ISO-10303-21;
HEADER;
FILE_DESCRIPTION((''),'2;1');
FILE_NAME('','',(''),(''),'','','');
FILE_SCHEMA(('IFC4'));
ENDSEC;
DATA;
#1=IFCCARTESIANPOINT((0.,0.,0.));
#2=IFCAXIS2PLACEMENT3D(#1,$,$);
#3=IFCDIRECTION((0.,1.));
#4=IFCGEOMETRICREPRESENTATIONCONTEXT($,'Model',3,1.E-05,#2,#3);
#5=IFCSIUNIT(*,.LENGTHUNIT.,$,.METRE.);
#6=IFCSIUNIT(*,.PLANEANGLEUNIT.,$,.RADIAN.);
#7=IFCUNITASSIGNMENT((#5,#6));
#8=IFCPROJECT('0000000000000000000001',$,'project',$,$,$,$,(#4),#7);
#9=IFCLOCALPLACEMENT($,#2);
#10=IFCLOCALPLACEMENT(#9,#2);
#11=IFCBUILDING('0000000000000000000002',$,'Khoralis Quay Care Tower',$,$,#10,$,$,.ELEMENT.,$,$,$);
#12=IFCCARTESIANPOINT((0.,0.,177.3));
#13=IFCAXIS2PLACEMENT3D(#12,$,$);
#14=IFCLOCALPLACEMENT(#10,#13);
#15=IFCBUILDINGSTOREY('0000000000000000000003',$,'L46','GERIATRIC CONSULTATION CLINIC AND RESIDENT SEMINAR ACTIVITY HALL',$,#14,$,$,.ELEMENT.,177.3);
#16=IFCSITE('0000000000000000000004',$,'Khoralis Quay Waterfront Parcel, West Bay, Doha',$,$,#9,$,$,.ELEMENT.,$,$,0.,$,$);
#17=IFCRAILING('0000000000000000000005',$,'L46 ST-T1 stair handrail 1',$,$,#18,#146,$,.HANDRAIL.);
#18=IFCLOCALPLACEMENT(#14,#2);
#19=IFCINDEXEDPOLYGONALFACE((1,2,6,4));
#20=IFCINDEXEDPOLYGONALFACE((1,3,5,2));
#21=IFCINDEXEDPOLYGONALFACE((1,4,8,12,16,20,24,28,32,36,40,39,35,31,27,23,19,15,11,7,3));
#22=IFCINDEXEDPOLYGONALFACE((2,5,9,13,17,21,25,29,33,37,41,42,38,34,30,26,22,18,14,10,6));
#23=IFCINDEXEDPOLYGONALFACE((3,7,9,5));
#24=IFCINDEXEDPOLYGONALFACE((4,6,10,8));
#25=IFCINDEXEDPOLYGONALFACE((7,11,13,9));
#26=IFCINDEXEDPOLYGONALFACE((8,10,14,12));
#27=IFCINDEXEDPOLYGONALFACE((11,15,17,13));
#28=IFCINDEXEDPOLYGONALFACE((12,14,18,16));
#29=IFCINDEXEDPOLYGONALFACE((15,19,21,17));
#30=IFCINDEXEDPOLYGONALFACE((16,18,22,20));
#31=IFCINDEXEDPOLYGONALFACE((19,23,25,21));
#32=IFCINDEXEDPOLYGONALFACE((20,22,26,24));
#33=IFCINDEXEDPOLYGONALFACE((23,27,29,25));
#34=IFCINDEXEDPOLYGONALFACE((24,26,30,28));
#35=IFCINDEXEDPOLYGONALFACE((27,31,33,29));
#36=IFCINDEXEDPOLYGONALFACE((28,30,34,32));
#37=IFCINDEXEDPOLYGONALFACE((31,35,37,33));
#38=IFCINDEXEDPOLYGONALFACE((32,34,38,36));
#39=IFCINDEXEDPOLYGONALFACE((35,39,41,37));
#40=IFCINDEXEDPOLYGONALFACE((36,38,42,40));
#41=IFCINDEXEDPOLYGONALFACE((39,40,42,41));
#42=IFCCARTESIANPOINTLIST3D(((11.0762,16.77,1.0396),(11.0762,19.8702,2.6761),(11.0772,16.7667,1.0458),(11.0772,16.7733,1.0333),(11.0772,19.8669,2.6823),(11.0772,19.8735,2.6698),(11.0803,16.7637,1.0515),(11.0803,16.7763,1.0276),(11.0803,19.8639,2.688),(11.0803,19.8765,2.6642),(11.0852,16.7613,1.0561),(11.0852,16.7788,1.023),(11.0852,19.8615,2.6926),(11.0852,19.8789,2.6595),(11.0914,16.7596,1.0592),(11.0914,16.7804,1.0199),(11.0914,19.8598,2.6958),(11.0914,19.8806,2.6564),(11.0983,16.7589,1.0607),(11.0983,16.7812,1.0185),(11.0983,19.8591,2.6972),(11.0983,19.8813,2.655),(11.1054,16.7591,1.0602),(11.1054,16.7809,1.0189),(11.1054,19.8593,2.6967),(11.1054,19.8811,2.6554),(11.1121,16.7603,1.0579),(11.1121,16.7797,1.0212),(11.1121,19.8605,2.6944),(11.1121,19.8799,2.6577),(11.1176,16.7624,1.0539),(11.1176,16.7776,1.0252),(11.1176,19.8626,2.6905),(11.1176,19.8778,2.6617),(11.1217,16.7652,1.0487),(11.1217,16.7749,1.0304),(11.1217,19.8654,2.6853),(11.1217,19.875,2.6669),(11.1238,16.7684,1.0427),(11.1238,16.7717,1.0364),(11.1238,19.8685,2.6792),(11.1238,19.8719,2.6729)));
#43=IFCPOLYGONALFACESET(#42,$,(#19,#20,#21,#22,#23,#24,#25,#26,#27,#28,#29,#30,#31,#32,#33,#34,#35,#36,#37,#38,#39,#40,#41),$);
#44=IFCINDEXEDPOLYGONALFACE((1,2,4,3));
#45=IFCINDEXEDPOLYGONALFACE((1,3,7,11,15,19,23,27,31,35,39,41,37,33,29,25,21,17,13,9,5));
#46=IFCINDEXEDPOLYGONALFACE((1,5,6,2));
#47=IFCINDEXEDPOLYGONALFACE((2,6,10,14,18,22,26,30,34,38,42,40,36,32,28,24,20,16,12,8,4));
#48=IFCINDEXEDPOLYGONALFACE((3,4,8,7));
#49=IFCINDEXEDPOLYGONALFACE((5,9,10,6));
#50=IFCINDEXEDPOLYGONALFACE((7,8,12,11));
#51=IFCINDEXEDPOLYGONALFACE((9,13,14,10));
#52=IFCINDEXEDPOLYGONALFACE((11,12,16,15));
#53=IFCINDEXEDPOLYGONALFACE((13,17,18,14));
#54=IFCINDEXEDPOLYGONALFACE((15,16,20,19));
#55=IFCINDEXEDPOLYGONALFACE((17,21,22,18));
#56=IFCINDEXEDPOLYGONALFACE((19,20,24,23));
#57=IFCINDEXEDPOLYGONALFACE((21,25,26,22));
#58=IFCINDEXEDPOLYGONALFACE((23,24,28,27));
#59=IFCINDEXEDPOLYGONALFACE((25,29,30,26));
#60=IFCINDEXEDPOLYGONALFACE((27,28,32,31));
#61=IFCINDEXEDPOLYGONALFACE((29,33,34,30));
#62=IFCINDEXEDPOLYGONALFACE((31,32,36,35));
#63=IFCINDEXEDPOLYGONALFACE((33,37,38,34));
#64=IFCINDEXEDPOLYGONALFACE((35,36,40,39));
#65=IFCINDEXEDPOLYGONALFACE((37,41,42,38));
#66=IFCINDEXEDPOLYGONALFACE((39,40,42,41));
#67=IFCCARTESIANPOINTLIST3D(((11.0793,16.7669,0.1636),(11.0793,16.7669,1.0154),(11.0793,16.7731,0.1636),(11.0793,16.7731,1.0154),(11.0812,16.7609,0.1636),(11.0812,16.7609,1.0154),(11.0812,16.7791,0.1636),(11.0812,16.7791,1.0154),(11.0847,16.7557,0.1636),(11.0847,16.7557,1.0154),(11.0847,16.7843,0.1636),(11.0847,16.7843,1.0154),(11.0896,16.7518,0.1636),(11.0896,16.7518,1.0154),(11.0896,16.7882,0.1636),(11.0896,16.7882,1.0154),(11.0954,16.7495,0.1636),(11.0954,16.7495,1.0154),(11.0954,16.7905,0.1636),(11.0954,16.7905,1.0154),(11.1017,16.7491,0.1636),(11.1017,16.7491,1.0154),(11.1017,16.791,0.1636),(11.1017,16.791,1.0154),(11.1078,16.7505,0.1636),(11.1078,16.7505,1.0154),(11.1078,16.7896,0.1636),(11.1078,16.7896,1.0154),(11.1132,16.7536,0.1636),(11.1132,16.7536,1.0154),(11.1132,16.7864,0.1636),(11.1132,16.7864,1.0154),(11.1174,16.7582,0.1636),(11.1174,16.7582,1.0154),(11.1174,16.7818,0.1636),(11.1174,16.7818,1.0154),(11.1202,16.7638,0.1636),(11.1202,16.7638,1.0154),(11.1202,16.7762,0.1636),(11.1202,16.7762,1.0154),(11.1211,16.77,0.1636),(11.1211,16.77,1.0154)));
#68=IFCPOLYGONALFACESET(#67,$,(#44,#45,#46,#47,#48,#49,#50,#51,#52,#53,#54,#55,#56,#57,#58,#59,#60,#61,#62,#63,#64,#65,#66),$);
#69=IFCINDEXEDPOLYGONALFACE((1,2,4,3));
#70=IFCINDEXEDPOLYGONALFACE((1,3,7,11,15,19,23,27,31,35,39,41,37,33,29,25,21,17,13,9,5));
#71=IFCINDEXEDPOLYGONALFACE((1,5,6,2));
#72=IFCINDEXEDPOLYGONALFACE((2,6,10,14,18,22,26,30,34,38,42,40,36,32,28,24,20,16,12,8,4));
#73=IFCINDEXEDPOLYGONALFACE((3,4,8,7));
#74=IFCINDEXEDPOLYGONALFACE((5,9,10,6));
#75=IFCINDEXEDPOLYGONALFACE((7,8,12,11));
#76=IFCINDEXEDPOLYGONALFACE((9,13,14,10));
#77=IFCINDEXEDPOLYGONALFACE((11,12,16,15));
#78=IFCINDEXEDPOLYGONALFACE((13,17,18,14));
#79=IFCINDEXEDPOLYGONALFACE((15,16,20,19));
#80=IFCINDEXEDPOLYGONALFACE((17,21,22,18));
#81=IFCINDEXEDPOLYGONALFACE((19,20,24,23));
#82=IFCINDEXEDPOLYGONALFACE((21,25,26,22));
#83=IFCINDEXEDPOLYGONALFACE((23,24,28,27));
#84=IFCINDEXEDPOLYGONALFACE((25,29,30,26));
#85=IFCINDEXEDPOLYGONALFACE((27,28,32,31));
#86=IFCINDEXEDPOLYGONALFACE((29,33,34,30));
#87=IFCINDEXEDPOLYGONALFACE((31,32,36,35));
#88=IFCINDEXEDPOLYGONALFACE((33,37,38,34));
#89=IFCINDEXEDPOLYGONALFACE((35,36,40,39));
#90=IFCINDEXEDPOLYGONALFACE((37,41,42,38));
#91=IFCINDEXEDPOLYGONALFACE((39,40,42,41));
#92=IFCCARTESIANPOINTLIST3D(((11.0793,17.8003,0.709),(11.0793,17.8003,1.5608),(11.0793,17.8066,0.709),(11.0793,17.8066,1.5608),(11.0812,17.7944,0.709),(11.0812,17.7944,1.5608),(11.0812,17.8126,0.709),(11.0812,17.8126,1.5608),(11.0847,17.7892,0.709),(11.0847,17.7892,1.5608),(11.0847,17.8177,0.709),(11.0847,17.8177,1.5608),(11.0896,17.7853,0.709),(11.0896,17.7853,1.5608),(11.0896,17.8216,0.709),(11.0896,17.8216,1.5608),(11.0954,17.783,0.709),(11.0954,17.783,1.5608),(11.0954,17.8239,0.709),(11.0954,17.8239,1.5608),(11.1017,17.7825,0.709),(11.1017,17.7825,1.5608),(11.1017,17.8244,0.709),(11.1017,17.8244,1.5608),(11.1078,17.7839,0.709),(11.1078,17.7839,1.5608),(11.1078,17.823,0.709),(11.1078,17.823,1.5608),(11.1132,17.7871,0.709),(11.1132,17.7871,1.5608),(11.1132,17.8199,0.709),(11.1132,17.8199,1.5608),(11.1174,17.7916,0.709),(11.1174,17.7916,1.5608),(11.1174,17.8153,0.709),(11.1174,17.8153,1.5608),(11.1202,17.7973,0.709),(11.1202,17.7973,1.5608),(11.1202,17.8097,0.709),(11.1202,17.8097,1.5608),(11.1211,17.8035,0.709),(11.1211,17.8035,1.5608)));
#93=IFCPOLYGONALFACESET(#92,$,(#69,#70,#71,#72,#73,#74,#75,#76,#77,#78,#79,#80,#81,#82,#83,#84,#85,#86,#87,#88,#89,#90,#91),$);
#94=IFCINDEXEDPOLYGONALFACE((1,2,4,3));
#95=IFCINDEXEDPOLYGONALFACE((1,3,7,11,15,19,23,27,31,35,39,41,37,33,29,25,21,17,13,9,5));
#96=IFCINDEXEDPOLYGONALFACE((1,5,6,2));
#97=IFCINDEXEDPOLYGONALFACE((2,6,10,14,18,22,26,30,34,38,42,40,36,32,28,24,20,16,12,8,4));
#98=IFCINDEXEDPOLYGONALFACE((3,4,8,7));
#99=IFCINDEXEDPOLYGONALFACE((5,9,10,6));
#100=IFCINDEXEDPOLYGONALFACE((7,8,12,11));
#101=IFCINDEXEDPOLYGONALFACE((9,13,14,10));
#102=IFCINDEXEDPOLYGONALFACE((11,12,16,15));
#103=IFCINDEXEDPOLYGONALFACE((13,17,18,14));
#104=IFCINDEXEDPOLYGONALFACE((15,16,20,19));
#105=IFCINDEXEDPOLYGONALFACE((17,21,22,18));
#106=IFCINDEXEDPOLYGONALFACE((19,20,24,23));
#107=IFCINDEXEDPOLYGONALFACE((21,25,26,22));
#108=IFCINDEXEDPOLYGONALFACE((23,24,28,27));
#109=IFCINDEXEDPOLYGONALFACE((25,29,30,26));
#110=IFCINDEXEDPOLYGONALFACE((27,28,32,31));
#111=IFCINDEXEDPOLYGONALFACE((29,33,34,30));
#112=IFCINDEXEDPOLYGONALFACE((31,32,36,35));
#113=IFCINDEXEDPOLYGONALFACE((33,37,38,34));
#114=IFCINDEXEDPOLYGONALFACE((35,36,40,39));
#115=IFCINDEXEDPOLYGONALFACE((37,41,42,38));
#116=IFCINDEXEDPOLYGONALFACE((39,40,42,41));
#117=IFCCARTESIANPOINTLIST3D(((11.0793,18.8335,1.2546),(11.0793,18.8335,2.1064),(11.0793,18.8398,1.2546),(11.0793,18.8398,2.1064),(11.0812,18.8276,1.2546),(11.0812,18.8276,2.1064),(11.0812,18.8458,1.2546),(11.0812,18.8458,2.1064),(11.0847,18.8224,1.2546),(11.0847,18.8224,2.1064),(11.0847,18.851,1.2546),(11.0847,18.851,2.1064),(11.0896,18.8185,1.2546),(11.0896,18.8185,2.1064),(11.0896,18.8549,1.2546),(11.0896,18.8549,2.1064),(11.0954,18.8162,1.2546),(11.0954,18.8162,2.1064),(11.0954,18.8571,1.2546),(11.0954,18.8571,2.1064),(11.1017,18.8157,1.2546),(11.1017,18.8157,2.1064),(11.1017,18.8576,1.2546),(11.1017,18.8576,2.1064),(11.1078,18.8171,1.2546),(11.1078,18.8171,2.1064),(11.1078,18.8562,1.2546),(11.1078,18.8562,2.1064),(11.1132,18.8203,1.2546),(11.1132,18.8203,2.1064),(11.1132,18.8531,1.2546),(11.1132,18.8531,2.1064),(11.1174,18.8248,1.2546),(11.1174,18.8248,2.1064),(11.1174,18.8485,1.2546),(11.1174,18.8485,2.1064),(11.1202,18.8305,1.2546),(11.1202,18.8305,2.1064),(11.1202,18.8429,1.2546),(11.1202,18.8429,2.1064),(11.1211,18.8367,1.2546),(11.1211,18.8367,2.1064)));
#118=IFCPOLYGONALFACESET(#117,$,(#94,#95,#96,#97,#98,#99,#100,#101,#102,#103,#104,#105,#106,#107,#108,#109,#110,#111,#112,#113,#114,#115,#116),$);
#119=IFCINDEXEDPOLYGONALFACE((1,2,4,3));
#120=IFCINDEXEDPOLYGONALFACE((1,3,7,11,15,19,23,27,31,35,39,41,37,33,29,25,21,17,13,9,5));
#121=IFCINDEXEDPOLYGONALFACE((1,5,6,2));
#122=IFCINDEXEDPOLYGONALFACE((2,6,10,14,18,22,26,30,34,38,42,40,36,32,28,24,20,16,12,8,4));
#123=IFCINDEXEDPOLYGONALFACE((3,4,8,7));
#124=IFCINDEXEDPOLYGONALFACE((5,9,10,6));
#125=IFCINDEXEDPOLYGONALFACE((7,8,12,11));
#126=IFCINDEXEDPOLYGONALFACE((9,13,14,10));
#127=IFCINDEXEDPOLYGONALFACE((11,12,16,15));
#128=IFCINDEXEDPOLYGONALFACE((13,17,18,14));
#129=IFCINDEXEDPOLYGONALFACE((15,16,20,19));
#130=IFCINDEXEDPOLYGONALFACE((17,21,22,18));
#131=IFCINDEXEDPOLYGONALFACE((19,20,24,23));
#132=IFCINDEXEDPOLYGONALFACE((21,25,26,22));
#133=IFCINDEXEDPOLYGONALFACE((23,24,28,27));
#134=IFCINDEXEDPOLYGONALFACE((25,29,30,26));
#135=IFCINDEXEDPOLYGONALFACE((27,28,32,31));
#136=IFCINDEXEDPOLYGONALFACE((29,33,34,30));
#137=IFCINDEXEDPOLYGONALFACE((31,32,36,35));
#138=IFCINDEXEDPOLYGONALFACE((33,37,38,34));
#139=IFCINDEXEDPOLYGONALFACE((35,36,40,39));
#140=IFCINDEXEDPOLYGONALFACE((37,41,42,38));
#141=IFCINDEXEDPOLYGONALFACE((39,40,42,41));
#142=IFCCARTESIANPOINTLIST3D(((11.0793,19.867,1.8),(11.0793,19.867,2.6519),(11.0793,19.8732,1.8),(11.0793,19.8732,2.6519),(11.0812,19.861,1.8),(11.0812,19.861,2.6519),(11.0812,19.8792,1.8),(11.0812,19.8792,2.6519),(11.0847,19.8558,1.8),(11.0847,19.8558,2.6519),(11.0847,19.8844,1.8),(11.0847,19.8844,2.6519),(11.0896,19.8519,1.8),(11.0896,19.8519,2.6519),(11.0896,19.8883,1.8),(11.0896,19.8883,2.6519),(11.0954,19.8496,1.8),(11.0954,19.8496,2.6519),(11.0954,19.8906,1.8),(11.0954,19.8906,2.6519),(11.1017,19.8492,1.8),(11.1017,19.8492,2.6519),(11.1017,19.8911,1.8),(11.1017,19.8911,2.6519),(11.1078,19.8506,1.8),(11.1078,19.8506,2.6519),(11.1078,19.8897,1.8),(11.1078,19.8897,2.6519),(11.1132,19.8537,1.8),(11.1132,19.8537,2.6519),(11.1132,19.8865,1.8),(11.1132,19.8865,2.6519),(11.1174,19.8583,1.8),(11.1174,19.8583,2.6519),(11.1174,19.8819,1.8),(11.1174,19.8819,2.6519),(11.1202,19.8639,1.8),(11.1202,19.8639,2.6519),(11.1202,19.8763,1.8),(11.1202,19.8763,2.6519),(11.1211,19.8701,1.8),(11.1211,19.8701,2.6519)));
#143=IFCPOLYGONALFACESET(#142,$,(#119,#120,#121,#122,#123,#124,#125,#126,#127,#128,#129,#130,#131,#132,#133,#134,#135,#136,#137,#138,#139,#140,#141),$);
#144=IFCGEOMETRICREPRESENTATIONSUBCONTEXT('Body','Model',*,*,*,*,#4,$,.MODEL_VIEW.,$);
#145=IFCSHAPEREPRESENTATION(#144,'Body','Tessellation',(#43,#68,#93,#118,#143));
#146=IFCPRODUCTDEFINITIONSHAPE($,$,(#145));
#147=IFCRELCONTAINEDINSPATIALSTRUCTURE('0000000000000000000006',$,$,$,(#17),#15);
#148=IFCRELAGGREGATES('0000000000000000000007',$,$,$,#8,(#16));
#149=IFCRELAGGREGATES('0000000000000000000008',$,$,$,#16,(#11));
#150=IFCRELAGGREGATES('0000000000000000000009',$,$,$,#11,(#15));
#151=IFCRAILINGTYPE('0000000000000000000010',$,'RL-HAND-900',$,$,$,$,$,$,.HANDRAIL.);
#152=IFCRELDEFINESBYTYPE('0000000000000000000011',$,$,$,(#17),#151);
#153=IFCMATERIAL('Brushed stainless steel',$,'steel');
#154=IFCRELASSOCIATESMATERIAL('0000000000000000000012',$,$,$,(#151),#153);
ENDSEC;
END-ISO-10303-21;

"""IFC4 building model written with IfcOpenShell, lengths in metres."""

from ifc_helpers import new_model, si_unit, direction, frame, origin, origin_2d, place, context, subcontext, project, spatial, circle, extrude, material, type_object, element, save


model = new_model("IFC4")

# Units and contexts
model_context = context("Model", 3, precision=1e-05, world=origin(), true_north=direction((0.0, 1.0)))
body_context = subcontext(model_context, "Body", "Model", "MODEL_VIEW")
ifc_project = project(units=[si_unit("LENGTHUNIT", "METRE"), si_unit("PLANEANGLEUNIT", "RADIAN")], contexts=[model_context])

# Site, building, storey
site_placement = place(None, origin())
site = spatial("IfcSite", under=ifc_project, at=site_placement, Name="Khoralis Quay Waterfront Parcel, West Bay, Doha", CompositionType="ELEMENT", RefElevation=0.0)
building_placement = place(site_placement, origin())
building = spatial("IfcBuilding", under=site, at=building_placement, Name="Khoralis Quay Care Tower", CompositionType="ELEMENT")
storey_placement = place(building_placement, frame((0.0, 0.0, 177.3)))
storey = spatial("IfcBuildingStorey", under=building, at=storey_placement, Name="L46", Description="GERIATRIC CONSULTATION CLINIC AND RESIDENT SEMINAR ACTIVITY HALL", CompositionType="ELEMENT", Elevation=177.3)

# Shared definitions
ifc_material_1 = material(Name="Brushed stainless steel", Category="steel")

# Railing
railing_type_1 = type_object("IfcRailingType", Name="RL-HAND-900", PredefinedType="HANDRAIL", material=ifc_material_1)
railing_1_placement = place(storey_placement, frame((11.1001, 16.77, 0.1636)))
element("IfcRailing", 1, at=railing_1_placement, inside=storey, type_object=railing_type_1, Name="L46 ST-T1 stair handrail 1", PredefinedType="HANDRAIL", context=body_context, shape_type="SweptSolid", body=[
    extrude(circle(Radius=0.0239, at=origin_2d()), frame((0.0, 0.0, 0.876), z_axis=(0.0, 0.884348, 0.466828), x_axis=(-1.0, 0.0, 0.0)), (0.0, 0.0, 1.0), 3.5056),
    extrude(circle(Radius=0.021, at=origin_2d()), origin(), (0.0, 0.0, 1.0), 0.8518),
    extrude(circle(Radius=0.021, at=origin_2d()), frame((0.0, 1.0334, 0.5454)), (0.0, 0.0, 1.0), 0.8518),
    extrude(circle(Radius=0.021, at=origin_2d()), frame((0.0, 2.0667, 1.0911)), (0.0, 0.0, 1.0), 0.8518),
    extrude(circle(Radius=0.021, at=origin_2d()), frame((0.0, 3.1001, 1.6365)), (0.0, 0.0, 1.0), 0.8518),
])

save(model, "model.ifc")
